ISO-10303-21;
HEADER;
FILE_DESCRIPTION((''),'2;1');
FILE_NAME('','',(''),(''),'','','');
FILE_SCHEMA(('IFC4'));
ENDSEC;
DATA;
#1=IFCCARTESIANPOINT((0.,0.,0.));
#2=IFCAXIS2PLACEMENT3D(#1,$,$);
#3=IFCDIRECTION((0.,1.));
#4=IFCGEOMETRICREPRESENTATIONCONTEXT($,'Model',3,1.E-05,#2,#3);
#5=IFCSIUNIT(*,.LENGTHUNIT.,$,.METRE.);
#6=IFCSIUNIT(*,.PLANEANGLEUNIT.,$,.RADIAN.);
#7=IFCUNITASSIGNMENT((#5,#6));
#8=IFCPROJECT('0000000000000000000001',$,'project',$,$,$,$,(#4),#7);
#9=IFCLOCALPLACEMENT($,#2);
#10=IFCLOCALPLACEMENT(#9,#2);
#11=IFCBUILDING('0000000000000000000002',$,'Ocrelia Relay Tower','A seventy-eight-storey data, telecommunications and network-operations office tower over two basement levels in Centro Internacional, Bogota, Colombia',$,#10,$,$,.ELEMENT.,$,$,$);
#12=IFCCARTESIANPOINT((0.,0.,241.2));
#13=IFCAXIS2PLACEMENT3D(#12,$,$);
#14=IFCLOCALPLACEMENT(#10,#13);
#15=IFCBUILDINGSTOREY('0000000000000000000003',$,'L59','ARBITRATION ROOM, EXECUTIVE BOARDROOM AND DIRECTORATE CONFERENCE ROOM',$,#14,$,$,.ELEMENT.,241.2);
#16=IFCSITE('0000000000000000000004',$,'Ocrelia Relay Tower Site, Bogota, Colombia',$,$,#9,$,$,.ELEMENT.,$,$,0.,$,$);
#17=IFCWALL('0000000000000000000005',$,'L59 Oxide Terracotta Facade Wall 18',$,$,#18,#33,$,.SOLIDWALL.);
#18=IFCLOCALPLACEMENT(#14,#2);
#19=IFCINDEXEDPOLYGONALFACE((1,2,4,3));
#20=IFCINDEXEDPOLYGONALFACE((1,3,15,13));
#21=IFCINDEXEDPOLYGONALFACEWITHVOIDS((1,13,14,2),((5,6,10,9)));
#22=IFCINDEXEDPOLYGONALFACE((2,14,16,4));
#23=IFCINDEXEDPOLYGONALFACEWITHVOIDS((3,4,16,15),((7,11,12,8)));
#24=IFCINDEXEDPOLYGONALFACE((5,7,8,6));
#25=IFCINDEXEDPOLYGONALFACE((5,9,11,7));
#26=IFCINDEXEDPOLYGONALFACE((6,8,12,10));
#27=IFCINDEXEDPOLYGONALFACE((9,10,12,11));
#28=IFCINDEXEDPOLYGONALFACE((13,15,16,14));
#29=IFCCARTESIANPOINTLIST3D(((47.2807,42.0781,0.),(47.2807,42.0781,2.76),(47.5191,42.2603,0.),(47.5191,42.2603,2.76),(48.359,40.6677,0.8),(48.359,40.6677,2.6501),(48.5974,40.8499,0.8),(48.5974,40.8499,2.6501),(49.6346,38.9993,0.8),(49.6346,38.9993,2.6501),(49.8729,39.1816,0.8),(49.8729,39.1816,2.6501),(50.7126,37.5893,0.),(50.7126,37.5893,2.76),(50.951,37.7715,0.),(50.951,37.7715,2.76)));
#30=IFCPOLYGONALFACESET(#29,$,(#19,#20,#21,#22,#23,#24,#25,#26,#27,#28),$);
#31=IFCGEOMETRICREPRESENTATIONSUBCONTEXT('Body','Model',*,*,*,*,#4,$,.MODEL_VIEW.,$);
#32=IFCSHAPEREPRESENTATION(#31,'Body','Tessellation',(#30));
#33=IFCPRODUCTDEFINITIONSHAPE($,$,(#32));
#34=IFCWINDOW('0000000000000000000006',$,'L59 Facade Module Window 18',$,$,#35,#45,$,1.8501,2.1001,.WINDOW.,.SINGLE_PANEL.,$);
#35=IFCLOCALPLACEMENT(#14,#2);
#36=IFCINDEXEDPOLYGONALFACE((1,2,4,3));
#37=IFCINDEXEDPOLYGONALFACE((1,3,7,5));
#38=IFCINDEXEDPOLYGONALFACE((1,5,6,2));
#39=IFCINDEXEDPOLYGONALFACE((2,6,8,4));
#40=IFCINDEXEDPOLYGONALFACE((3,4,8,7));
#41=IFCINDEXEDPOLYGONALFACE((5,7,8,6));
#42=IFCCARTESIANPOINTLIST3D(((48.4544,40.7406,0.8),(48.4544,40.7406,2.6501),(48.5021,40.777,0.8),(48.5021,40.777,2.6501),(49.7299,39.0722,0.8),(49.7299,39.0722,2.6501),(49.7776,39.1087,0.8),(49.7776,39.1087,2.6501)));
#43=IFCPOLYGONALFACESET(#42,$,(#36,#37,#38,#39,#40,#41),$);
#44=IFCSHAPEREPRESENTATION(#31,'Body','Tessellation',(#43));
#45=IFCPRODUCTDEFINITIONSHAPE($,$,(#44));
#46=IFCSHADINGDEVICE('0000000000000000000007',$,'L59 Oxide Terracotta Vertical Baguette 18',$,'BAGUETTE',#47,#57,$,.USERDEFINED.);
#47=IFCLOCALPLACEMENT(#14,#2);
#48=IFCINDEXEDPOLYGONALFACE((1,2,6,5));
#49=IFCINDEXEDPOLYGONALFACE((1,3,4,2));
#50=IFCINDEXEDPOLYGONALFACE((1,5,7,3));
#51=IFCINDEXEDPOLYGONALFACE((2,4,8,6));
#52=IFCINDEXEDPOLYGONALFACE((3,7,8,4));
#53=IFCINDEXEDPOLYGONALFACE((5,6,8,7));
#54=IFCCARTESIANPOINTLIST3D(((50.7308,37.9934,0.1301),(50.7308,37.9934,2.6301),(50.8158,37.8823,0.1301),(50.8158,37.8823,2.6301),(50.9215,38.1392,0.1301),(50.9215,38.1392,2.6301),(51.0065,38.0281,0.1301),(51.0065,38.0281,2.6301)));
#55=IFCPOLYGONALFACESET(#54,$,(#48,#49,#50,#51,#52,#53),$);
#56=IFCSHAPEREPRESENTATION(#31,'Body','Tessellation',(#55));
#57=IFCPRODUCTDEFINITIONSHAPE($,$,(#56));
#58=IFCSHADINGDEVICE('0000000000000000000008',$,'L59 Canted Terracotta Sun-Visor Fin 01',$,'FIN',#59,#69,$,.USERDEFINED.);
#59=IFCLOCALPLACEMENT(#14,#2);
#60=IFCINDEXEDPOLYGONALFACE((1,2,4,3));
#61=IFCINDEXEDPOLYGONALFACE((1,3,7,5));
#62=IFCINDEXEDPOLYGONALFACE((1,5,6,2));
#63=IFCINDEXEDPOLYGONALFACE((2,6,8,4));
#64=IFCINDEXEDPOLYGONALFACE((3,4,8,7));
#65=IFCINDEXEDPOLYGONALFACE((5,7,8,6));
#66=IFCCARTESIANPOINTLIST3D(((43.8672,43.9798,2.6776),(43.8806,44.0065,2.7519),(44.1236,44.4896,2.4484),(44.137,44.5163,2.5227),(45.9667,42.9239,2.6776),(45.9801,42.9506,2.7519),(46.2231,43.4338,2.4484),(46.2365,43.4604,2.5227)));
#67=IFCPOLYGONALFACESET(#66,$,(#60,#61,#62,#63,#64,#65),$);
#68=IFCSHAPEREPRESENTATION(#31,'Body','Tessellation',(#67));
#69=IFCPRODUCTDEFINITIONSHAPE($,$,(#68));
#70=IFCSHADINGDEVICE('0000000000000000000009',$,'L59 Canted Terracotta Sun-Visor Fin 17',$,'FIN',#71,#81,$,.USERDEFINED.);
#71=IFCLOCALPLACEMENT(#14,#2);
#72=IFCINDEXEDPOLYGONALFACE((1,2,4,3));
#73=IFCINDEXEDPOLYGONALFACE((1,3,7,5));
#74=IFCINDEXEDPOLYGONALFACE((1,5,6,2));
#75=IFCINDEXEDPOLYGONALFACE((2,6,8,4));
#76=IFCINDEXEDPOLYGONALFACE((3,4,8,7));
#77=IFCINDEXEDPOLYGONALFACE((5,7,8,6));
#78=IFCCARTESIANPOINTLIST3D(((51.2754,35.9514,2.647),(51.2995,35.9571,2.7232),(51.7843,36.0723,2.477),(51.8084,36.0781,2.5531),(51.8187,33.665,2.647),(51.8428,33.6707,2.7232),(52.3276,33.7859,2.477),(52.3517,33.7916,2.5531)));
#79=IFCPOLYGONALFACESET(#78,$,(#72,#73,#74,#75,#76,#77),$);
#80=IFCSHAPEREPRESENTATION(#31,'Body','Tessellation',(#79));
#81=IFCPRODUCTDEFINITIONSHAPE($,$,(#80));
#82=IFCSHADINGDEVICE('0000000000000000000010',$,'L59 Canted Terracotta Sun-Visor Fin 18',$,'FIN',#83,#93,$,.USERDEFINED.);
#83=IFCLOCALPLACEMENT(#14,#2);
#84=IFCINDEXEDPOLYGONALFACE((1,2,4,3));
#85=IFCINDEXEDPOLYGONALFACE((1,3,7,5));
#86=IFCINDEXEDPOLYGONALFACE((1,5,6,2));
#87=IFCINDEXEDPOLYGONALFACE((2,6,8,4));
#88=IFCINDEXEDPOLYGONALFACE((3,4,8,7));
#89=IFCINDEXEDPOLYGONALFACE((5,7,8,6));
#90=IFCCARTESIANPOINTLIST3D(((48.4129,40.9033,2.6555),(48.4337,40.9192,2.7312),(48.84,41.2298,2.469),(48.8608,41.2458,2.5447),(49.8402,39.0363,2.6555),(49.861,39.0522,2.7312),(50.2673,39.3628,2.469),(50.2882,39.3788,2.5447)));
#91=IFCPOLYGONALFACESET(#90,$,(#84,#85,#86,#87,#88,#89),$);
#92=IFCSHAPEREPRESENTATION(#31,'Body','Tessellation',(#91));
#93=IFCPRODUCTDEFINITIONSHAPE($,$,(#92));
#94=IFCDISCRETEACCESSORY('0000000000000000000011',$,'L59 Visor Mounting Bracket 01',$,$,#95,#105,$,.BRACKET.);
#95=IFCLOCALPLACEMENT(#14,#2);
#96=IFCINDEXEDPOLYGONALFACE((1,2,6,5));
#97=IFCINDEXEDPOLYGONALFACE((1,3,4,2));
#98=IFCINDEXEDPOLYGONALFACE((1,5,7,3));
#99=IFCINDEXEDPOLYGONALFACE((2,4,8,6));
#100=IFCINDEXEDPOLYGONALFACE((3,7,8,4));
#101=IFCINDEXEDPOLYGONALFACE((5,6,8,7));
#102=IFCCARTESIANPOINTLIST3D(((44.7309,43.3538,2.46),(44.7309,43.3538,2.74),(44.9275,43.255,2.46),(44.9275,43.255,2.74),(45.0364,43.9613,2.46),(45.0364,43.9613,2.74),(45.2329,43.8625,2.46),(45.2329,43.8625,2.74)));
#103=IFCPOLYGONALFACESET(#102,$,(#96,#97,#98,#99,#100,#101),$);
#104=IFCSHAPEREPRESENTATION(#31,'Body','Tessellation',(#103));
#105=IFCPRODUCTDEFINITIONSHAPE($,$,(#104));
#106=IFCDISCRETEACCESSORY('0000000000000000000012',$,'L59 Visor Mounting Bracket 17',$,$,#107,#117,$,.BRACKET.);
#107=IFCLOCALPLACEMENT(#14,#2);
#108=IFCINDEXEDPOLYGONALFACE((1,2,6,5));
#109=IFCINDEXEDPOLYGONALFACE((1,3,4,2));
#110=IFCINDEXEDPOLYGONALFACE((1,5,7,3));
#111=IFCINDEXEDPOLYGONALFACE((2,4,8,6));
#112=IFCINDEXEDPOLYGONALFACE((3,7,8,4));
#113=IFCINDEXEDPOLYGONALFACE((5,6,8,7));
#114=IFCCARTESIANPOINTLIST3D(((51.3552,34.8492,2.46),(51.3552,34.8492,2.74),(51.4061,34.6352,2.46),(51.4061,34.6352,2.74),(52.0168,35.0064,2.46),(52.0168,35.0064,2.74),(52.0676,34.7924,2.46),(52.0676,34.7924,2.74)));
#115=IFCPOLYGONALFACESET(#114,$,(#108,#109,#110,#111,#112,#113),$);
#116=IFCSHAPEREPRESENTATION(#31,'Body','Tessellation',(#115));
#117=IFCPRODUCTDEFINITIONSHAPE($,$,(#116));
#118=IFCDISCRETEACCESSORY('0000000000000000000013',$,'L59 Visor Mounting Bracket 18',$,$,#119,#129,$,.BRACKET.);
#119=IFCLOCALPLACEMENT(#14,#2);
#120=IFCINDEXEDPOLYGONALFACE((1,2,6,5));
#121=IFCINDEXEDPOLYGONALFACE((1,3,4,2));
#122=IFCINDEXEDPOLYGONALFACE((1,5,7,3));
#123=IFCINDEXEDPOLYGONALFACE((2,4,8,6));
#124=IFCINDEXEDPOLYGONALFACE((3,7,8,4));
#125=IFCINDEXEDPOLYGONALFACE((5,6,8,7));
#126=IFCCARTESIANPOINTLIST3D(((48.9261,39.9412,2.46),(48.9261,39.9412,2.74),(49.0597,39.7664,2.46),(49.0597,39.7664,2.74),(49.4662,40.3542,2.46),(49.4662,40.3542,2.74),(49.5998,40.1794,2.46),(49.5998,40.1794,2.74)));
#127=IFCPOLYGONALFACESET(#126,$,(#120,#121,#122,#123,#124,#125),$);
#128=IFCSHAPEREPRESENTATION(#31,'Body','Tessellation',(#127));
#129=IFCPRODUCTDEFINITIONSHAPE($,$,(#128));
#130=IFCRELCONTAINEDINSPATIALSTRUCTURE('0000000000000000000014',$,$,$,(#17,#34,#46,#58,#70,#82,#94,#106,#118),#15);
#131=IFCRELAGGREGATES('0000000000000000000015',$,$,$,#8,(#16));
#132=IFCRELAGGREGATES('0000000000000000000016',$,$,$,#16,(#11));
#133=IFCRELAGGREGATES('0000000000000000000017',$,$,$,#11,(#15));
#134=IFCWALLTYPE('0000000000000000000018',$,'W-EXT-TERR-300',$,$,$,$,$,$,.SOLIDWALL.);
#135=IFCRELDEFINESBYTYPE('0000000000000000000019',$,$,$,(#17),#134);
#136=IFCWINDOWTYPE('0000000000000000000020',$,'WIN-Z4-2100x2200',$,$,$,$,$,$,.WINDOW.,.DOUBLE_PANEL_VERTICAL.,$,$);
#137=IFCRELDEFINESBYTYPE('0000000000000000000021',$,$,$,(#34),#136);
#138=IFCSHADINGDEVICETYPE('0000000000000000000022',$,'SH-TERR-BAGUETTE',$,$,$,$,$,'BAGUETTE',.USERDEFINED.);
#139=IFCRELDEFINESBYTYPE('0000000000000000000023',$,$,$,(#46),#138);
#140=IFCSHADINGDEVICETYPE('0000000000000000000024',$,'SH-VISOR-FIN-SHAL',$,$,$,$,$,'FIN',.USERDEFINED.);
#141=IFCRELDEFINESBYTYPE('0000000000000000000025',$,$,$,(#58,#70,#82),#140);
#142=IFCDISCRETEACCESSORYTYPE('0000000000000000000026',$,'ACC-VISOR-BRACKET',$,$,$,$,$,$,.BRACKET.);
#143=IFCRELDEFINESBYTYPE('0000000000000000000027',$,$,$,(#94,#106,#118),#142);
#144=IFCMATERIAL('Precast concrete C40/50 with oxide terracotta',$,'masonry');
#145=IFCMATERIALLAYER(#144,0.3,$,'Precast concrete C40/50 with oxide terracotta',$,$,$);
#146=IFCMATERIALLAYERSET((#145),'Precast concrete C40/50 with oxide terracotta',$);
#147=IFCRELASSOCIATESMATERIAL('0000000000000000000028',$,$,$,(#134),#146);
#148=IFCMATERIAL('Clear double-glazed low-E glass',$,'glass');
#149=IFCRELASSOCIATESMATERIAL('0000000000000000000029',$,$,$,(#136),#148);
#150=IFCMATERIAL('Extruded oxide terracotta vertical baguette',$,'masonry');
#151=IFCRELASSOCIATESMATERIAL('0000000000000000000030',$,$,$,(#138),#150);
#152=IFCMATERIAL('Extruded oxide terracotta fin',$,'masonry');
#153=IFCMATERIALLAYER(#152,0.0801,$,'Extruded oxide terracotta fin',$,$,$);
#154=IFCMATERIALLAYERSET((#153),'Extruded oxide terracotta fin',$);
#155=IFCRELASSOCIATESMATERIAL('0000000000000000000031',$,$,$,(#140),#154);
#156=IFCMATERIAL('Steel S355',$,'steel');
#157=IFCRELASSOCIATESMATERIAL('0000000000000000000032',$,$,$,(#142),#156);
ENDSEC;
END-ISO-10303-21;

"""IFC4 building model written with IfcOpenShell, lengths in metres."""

from ifc_helpers import new_model, si_unit, direction, frame, frame_2d, origin, origin_2d, place, context, subcontext, project, spatial, rectangle, extrude, material, layer, layer_set, type_object, element, fill, save


model = new_model("IFC4")

# Units and contexts
model_context = context("Model", 3, precision=1e-05, world=origin(), true_north=direction((0.0, 1.0)))
body_context = subcontext(model_context, "Body", "Model", "MODEL_VIEW")
ifc_project = project(units=[si_unit("LENGTHUNIT", "METRE"), si_unit("PLANEANGLEUNIT", "RADIAN")], contexts=[model_context])

# Site, building, storey
site_placement = place(None, origin())
site = spatial("IfcSite", under=ifc_project, at=site_placement, Name="Ocrelia Relay Tower Site, Bogota, Colombia", CompositionType="ELEMENT", RefElevation=0.0)
building_placement = place(site_placement, origin())
building = spatial("IfcBuilding", under=site, at=building_placement, Name="Ocrelia Relay Tower", Description="A seventy-eight-storey data, telecommunications and network-operations office tower over two basement levels in Centro Internacional, Bogota, Colombia", CompositionType="ELEMENT")
storey_placement = place(building_placement, frame((0.0, 0.0, 241.2)))
storey = spatial("IfcBuildingStorey", under=building, at=storey_placement, Name="L59", Description="ARBITRATION ROOM, EXECUTIVE BOARDROOM AND DIRECTORATE CONFERENCE ROOM", CompositionType="ELEMENT", Elevation=241.2)

# Shared definitions
ifc_material_1 = material(Name="Clear double-glazed low-E glass", Category="glass")

# Wall, opening, window
ifc_material_2 = material(Name="Precast concrete C40/50 with oxide terracotta", Category="masonry")
ifc_layer_1 = layer(ifc_material_2, 0.3, Name="Precast concrete C40/50 with oxide terracotta")
ifc_layer_set_1 = layer_set([ifc_layer_1], Name="Precast concrete C40/50 with oxide terracotta")
wall_type = type_object("IfcWallType", Name="W-EXT-TERR-300", PredefinedType="SOLIDWALL", material=ifc_layer_set_1)
wall_placement = place(storey_placement, frame((50.8318, 37.6804, 0.0), z_axis=(0.0, 0.0, 1.0), x_axis=(-0.607372, 0.794418, 0.0)))
wall = element("IfcWall", 1, at=wall_placement, inside=storey, type_object=wall_type, Name="L59 Oxide Terracotta Facade Wall 18", PredefinedType="SOLIDWALL", context=body_context, shape_type="SweptSolid", body=[
    extrude(rectangle(XDim=5.6504, YDim=0.3, at=frame_2d((2.8252, 0.0))), origin(), (0.0, 0.0, 1.0), 2.76),
])
opening_placement = place(wall_placement, frame((1.7749, 0.0, 0.8)))
opening = element("IfcOpeningElement", 2, at=opening_placement, cuts=wall, PredefinedType="OPENING", context=body_context, shape_type="SweptSolid", body=[
    extrude(rectangle(XDim=2.1001, YDim=1.8501, at=frame_2d((1.05, 0.925))), frame((0.0, 0.1602, 0.0), z_axis=(0.0, -1.0, 0.0), x_axis=(1.0, 0.0, 0.0)), (0.0, 0.0, 1.0), 0.3201),
])
window_type = type_object("IfcWindowType", Name="WIN-Z4-2100x2200", PartitioningType="DOUBLE_PANEL_VERTICAL", PredefinedType="WINDOW", material=ifc_material_1)
window_placement = place(opening_placement, origin())
window = element("IfcWindow", 3, at=window_placement, inside=storey, type_object=window_type, Name="L59 Facade Module Window 18", OverallHeight=1.8501, OverallWidth=2.1001, PartitioningType="SINGLE_PANEL", PredefinedType="WINDOW", context=body_context, shape_type="SweptSolid", body=[
    extrude(rectangle(XDim=2.1001, YDim=1.8501, at=frame_2d((1.05, 0.925))), frame((0.0, 0.03, 0.0), z_axis=(0.0, -1.0, 0.0), x_axis=(1.0, 0.0, 0.0)), (0.0, 0.0, 1.0), 0.0601),
])
fill(opening, window)

# Shading devices
ifc_material_3 = material(Name="Extruded oxide terracotta vertical baguette", Category="masonry")
shading_device_type_1 = type_object("IfcShadingDeviceType", Name="SH-TERR-BAGUETTE", ElementType="BAGUETTE", PredefinedType="USERDEFINED", material=ifc_material_3)
shading_device_1_placement = place(storey_placement, frame((50.8687, 38.0107, 0.1301), z_axis=(0.0, 0.0, 1.0), x_axis=(-0.607348, 0.794436, 0.0)))
element("IfcShadingDevice", 4, at=shading_device_1_placement, inside=storey, type_object=shading_device_type_1, Name="L59 Oxide Terracotta Vertical Baguette 18", ObjectType="BAGUETTE", PredefinedType="USERDEFINED", context=body_context, shape_type="SweptSolid", body=[
    extrude(rectangle(XDim=0.1399, YDim=0.24, at=origin_2d()), origin(), (0.0, 0.0, 1.0), 2.5),
])
ifc_material_4 = material(Name="Extruded oxide terracotta fin", Category="masonry")
ifc_layer_2 = layer(ifc_material_4, 0.0801, Name="Extruded oxide terracotta fin")
ifc_layer_set_2 = layer_set([ifc_layer_2], Name="Extruded oxide terracotta fin")
shading_device_type_2 = type_object("IfcShadingDeviceType", Name="SH-VISOR-FIN-SHAL", ElementType="FIN", PredefinedType="USERDEFINED", material=ifc_layer_set_2)
shading_device_2_placement = place(storey_placement, frame((45.0452, 43.7068, 2.563), z_axis=(0.167433, 0.332933, 0.927966), x_axis=(-0.893388, 0.449287, 0.0)))
element("IfcShadingDevice", 5, at=shading_device_2_placement, inside=storey, type_object=shading_device_type_2, Name="L59 Canted Terracotta Sun-Visor Fin 01", ObjectType="FIN", PredefinedType="USERDEFINED", context=body_context, shape_type="SweptSolid", body=[
    extrude(rectangle(XDim=2.3501, YDim=0.615, at=origin_2d()), origin(), (0.0, 0.0, 1.0), 0.0801),
])
shading_device_3_placement = place(storey_placement, frame((51.8015, 34.8687, 2.562), z_axis=(0.300806, 0.071483, 0.951003), x_axis=(-0.2312, 0.972906, 0.0)))
element("IfcShadingDevice", 6, at=shading_device_3_placement, inside=storey, type_object=shading_device_type_2, Name="L59 Canted Terracotta Sun-Visor Fin 17", ObjectType="FIN", PredefinedType="USERDEFINED", context=body_context, shape_type="SweptSolid", body=[
    extrude(rectangle(XDim=2.3501, YDim=0.55, at=origin_2d()), origin(), (0.0, 0.0, 1.0), 0.0801),
])
shading_device_4_placement = place(storey_placement, frame((49.3401, 40.1331, 2.5623), z_axis=(0.260347, 0.199036, 0.944777), x_axis=(-0.607348, 0.794436, 0.0)))
element("IfcShadingDevice", 7, at=shading_device_4_placement, inside=storey, type_object=shading_device_type_2, Name="L59 Canted Terracotta Sun-Visor Fin 18", ObjectType="FIN", PredefinedType="USERDEFINED", context=body_context, shape_type="SweptSolid", body=[
    extrude(rectangle(XDim=2.3501, YDim=0.5691, at=origin_2d()), origin(), (0.0, 0.0, 1.0), 0.0801),
])

# Discrete accessories
ifc_material_5 = material(Name="Steel S355", Category="steel")
discrete_accessory_type = type_object("IfcDiscreteAccessoryType", Name="ACC-VISOR-BRACKET", PredefinedType="BRACKET", material=ifc_material_5)
for number, where, z_axis, x_axis, name in (
    (8, (44.9819, 43.6082, 2.46), (0.0, 0.0, 1.0), (-0.893388, 0.449287, 0.0), "L59 Visor Mounting Bracket 01"),
    (9, (51.7114, 34.8208, 2.46), (0.0, 0.0, 1.0), (-0.2312, 0.972906, 0.0), "L59 Visor Mounting Bracket 17"),
    (10, (49.2629, 40.0603, 2.46), (0.0, 0.0, 1.0), (-0.607348, 0.794436, 0.0), "L59 Visor Mounting Bracket 18"),
):
    element("IfcDiscreteAccessory", number, at=place(storey_placement, frame(where, z_axis=z_axis, x_axis=x_axis)), inside=storey, type_object=discrete_accessory_type, Name=name, PredefinedType="BRACKET", context=body_context, shape_type="SweptSolid", body=[
        extrude(rectangle(XDim=0.22, YDim=0.6799, at=origin_2d()), origin(), (0.0, 0.0, 1.0), 0.28),
    ])

save(model, "model.ifc")
